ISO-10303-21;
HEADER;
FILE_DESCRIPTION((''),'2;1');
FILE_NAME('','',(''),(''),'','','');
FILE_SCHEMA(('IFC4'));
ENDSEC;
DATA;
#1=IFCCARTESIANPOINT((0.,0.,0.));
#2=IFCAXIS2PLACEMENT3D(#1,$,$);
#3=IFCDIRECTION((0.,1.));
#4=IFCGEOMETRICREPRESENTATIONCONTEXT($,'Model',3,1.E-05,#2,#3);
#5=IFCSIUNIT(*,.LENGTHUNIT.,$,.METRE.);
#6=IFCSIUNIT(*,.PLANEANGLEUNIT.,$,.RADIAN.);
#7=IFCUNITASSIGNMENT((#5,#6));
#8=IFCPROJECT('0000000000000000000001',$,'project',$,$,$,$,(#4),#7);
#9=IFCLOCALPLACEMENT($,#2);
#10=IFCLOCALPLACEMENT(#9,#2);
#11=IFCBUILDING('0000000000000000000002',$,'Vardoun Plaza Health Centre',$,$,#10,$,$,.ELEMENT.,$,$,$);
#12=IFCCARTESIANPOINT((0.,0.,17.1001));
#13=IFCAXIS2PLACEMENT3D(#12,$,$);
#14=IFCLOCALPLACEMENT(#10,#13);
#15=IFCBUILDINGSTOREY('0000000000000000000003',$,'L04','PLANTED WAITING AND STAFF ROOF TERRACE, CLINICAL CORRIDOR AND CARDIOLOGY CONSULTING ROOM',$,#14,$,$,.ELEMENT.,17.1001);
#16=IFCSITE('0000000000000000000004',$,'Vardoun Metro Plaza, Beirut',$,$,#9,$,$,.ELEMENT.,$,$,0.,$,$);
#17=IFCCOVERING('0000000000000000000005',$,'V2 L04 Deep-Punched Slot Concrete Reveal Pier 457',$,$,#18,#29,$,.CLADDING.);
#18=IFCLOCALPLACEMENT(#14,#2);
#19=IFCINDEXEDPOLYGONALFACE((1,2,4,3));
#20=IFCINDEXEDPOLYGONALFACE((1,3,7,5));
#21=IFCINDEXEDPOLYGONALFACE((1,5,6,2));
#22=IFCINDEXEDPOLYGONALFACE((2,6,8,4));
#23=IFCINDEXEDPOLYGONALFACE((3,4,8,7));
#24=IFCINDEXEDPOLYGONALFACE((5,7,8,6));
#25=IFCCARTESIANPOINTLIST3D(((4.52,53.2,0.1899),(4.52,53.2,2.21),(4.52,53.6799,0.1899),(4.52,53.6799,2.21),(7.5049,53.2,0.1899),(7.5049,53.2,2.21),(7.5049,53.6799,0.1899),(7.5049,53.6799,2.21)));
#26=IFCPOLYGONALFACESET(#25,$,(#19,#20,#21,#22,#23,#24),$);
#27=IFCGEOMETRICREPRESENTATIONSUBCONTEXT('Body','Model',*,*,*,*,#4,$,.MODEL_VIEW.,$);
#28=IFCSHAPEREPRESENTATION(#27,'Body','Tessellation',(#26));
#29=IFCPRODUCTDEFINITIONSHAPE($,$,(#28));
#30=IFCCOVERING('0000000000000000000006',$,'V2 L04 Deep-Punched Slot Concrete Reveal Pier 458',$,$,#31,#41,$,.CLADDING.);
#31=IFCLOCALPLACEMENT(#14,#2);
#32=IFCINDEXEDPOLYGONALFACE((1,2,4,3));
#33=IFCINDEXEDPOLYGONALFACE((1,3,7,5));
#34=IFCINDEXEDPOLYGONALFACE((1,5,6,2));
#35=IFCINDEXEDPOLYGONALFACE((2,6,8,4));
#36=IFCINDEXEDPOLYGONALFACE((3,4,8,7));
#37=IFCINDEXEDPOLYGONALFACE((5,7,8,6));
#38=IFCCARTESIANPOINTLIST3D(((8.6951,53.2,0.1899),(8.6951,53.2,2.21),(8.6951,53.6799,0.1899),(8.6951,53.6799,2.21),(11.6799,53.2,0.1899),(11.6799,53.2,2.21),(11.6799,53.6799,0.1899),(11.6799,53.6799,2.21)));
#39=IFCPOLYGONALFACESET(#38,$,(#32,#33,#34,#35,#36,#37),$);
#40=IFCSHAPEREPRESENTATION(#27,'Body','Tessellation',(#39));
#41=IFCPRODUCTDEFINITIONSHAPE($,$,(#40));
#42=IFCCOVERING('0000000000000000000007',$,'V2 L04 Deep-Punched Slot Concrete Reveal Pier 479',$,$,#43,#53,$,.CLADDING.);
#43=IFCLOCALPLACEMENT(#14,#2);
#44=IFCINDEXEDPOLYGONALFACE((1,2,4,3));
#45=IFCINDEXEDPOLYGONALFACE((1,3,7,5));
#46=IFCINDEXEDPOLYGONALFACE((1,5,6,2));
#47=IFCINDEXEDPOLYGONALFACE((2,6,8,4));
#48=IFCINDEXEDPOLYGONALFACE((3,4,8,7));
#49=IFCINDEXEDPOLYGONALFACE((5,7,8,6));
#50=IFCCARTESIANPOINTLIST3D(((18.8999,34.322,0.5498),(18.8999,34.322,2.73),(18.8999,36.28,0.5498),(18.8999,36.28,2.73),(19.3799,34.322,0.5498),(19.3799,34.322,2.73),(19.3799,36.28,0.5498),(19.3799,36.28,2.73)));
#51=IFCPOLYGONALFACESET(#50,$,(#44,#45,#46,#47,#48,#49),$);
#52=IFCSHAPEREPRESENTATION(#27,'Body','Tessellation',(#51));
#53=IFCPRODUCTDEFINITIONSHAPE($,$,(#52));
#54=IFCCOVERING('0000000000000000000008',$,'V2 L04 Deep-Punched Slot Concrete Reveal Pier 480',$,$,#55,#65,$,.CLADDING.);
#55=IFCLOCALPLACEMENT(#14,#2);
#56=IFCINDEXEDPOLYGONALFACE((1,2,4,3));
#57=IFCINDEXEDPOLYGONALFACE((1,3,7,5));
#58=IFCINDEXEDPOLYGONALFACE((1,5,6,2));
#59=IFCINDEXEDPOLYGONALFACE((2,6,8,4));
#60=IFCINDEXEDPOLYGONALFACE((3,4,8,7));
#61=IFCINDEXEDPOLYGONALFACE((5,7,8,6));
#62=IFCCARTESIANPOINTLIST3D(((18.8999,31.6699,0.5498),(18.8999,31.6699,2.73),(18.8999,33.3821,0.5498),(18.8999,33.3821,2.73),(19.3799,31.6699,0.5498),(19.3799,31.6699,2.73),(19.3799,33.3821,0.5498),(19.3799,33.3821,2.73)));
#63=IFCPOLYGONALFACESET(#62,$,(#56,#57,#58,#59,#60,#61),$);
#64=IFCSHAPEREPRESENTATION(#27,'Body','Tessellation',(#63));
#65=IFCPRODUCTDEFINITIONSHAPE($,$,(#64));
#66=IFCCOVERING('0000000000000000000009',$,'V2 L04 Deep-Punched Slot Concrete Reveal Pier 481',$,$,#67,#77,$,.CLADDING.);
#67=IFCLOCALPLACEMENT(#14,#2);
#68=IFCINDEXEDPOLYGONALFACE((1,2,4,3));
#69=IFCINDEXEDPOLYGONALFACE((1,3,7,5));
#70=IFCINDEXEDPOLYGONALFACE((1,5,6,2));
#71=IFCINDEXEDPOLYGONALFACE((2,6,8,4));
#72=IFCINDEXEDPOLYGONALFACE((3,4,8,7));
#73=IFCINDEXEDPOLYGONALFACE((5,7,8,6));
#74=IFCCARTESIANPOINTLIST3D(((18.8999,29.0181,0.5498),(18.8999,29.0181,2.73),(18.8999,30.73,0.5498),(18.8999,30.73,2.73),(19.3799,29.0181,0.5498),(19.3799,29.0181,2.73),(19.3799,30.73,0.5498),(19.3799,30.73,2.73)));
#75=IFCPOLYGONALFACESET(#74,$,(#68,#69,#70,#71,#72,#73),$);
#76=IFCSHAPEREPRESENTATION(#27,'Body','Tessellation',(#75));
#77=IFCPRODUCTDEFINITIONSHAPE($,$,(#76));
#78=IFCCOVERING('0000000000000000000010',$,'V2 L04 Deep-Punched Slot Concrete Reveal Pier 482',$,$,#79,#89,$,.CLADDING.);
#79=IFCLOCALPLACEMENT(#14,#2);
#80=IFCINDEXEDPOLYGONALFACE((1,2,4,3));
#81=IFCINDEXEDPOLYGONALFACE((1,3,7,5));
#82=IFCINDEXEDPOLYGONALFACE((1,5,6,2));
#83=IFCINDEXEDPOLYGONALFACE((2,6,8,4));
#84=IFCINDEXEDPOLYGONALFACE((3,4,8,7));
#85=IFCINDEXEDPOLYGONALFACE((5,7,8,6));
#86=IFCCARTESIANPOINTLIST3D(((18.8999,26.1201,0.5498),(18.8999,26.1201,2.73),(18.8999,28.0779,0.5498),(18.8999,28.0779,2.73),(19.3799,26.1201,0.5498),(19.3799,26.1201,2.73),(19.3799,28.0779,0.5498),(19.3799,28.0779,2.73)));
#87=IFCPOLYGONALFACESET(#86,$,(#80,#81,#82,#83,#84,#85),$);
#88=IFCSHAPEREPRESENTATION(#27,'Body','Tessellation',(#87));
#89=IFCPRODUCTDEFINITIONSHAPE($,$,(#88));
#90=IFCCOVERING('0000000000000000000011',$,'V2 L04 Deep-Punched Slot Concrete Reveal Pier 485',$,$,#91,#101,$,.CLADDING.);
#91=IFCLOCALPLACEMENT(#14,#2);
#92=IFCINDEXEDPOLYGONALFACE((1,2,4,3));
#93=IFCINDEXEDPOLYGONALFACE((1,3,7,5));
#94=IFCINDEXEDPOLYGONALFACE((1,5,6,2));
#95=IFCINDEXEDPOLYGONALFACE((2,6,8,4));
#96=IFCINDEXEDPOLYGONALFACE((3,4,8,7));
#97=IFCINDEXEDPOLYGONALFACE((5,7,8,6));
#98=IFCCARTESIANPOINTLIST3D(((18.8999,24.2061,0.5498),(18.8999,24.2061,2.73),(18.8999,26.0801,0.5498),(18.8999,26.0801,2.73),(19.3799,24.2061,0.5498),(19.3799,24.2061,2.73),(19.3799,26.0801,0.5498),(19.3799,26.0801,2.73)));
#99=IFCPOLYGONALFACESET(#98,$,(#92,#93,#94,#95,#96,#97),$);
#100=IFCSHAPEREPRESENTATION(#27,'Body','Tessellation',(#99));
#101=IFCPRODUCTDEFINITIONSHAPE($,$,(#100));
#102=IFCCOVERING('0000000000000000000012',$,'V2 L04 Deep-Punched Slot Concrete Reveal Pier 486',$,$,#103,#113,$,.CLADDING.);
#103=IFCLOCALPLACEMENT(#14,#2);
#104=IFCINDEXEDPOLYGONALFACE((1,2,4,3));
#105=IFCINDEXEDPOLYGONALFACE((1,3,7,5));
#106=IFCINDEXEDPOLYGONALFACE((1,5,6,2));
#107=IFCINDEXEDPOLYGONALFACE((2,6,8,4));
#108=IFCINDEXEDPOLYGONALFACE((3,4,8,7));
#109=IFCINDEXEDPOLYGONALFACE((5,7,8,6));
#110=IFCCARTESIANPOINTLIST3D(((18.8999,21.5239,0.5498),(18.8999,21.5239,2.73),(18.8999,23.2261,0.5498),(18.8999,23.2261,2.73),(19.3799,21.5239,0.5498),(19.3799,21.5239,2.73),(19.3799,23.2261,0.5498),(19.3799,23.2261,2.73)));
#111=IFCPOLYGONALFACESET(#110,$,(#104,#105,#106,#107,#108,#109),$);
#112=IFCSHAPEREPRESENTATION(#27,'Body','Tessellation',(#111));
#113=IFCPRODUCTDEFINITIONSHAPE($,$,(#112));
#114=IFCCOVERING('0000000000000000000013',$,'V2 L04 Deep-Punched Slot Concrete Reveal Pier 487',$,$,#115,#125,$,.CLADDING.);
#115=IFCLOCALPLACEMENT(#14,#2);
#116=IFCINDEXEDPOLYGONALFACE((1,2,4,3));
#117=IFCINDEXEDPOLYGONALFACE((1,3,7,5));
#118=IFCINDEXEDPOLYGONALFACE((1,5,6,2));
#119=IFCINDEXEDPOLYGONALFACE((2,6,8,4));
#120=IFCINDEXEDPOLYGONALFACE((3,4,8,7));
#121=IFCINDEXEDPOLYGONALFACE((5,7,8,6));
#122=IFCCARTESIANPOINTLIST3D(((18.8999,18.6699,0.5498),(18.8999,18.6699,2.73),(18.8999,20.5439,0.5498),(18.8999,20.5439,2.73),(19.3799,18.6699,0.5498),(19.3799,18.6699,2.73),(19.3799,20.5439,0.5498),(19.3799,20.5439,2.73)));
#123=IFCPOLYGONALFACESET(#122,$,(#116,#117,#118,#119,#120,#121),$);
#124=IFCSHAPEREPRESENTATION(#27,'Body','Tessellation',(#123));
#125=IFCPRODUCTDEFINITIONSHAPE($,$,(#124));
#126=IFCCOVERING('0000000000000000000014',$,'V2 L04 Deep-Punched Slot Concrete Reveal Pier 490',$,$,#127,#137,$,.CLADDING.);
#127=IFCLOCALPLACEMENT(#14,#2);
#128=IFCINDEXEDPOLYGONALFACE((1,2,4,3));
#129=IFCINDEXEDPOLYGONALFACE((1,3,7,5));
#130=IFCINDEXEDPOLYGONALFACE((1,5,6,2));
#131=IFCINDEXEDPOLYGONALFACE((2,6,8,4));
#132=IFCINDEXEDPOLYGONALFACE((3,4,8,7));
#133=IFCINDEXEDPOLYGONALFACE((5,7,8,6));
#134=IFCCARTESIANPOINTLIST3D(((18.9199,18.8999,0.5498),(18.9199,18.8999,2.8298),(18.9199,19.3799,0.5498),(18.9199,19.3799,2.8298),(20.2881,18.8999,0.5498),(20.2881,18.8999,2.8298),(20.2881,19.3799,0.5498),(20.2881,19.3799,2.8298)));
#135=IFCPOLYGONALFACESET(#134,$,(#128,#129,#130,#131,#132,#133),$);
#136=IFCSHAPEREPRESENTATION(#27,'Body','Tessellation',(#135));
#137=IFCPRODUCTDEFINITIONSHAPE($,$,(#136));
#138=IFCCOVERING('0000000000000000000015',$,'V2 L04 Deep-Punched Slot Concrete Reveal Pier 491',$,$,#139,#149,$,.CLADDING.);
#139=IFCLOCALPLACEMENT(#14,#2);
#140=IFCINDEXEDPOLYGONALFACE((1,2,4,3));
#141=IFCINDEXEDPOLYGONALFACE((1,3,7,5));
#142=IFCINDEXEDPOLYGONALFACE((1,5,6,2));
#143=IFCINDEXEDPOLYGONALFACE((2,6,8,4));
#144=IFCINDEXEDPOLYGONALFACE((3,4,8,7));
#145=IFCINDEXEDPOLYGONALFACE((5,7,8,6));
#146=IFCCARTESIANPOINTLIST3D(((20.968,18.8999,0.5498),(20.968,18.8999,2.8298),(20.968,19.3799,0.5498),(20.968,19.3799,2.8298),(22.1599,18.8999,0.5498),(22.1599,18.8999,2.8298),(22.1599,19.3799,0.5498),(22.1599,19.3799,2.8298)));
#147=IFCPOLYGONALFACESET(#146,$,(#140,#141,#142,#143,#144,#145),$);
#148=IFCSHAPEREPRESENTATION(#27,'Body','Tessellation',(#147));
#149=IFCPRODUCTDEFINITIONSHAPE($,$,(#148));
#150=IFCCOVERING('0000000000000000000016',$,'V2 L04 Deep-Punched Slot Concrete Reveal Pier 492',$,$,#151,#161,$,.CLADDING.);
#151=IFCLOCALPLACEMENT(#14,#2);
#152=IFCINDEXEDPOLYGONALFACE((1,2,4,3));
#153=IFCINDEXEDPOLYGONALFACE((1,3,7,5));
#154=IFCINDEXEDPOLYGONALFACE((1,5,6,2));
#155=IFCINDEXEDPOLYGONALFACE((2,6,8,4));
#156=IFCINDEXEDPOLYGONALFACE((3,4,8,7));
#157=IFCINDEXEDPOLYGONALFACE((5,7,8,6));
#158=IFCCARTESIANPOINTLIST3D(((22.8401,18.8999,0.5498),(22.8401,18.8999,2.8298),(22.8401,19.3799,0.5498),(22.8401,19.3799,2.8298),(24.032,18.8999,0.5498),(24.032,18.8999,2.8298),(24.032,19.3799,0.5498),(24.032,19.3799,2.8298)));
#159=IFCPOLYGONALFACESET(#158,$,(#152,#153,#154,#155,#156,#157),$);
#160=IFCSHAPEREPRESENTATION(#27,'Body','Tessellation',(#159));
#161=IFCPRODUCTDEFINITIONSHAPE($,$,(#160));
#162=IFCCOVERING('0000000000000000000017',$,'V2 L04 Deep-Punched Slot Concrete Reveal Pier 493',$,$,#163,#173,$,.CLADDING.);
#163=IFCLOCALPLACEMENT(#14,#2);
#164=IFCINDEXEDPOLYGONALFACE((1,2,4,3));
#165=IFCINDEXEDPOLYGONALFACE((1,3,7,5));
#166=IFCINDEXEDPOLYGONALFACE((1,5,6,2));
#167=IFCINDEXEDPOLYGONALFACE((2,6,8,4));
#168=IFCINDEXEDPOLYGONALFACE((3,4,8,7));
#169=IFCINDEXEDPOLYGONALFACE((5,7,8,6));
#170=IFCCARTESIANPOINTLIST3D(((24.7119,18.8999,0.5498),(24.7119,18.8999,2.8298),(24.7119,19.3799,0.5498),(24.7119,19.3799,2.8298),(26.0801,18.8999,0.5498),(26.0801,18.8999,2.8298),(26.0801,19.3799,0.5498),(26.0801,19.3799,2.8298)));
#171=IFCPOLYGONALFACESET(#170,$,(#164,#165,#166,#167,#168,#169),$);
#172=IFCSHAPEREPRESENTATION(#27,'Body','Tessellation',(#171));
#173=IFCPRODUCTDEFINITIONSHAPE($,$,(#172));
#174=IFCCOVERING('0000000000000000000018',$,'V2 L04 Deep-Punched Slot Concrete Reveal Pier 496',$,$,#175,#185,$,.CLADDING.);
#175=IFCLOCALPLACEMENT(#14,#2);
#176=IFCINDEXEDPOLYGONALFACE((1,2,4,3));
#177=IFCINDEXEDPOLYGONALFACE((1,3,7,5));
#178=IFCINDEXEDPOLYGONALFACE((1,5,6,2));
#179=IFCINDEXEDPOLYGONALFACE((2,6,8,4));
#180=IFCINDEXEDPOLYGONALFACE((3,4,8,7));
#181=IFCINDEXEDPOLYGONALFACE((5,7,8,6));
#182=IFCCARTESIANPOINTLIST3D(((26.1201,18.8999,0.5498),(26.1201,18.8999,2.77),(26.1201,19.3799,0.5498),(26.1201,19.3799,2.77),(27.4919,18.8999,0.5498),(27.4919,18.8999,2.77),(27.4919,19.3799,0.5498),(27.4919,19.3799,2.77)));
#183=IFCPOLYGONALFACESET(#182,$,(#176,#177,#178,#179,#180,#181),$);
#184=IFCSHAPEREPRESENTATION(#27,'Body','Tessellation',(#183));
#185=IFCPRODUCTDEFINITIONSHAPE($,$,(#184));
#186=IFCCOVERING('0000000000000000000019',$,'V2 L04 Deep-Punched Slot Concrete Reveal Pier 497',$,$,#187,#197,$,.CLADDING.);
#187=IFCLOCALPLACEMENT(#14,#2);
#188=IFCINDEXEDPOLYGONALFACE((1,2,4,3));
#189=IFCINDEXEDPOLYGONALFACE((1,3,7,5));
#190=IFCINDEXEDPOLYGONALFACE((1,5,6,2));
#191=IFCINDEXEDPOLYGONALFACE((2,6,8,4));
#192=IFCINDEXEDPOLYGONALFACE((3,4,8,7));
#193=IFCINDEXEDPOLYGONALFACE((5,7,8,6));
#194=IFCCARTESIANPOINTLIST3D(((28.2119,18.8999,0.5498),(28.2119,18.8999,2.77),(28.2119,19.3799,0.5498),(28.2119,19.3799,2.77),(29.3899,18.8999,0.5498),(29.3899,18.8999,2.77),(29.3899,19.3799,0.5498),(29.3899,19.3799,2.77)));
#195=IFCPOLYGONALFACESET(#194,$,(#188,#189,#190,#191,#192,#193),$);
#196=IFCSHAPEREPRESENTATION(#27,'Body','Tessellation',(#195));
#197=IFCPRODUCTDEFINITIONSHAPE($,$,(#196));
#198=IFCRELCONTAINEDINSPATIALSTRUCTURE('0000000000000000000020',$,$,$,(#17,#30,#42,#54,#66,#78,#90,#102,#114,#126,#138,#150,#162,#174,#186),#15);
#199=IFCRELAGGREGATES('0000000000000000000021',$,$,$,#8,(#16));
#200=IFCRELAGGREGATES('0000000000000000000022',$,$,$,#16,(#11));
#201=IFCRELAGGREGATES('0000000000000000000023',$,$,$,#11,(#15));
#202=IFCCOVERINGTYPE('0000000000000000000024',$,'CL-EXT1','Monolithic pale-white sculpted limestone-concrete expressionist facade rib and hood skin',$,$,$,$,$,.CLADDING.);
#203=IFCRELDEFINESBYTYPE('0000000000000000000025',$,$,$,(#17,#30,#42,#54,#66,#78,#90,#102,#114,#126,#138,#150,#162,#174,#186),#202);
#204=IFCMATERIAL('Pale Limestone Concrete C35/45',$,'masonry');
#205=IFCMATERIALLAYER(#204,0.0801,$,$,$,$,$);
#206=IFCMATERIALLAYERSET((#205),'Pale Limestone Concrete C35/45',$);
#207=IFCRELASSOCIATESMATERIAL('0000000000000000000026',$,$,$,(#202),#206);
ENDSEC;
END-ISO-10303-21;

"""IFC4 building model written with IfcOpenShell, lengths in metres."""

from ifc_helpers import new_model, si_unit, direction, frame, origin, place, context, subcontext, project, spatial, polyline, outline, extrude, material, layer, layer_set, type_object, element, save


model = new_model("IFC4")

# Units and contexts
model_context = context("Model", 3, precision=1e-05, world=origin(), true_north=direction((0.0, 1.0)))
body_context = subcontext(model_context, "Body", "Model", "MODEL_VIEW")
ifc_project = project(units=[si_unit("LENGTHUNIT", "METRE"), si_unit("PLANEANGLEUNIT", "RADIAN")], contexts=[model_context])

# Site, building, storey
site_placement = place(None, origin())
site = spatial("IfcSite", under=ifc_project, at=site_placement, Name="Vardoun Metro Plaza, Beirut", CompositionType="ELEMENT", RefElevation=0.0)
building_placement = place(site_placement, origin())
building = spatial("IfcBuilding", under=site, at=building_placement, Name="Vardoun Plaza Health Centre", CompositionType="ELEMENT")
storey_placement = place(building_placement, frame((0.0, 0.0, 17.1001)))
storey = spatial("IfcBuildingStorey", under=building, at=storey_placement, Name="L04", Description="PLANTED WAITING AND STAFF ROOF TERRACE, CLINICAL CORRIDOR AND CARDIOLOGY CONSULTING ROOM", CompositionType="ELEMENT", Elevation=17.1001)

# Coverings
ifc_material_1 = material(Name="Pale Limestone Concrete C35/45", Category="masonry")
ifc_layer_1 = layer(ifc_material_1, 0.0801)
ifc_layer_set_1 = layer_set([ifc_layer_1], Name="Pale Limestone Concrete C35/45")
covering_type_1 = type_object("IfcCoveringType", Name="CL-EXT1", Description="Monolithic pale-white sculpted limestone-concrete expressionist facade rib and hood skin", PredefinedType="CLADDING", material=ifc_layer_set_1)
covering_1_placement = place(storey_placement, frame((0.0, 0.0, 0.1899)))
element("IfcCovering", 1, at=covering_1_placement, inside=storey, type_object=covering_type_1, Name="V2 L04 Deep-Punched Slot Concrete Reveal Pier 457", PredefinedType="CLADDING", context=body_context, shape_type="SweptSolid", body=[
    extrude(outline(polyline([(4.52, 53.2), (7.5049, 53.2), (7.5049, 53.6799), (4.52, 53.6799), (4.52, 53.2)])), origin(), (0.0, 0.0, 1.0), 2.02),
])
covering_2_placement = place(storey_placement, frame((0.0, 0.0, 0.1899)))
element("IfcCovering", 2, at=covering_2_placement, inside=storey, type_object=covering_type_1, Name="V2 L04 Deep-Punched Slot Concrete Reveal Pier 458", PredefinedType="CLADDING", context=body_context, shape_type="SweptSolid", body=[
    extrude(outline(polyline([(8.6951, 53.2), (11.6799, 53.2), (11.6799, 53.6799), (8.6951, 53.6799), (8.6951, 53.2)])), origin(), (0.0, 0.0, 1.0), 2.02),
])
covering_3_placement = place(storey_placement, frame((0.0, 0.0, 0.5498)))
element("IfcCovering", 3, at=covering_3_placement, inside=storey, type_object=covering_type_1, Name="V2 L04 Deep-Punched Slot Concrete Reveal Pier 479", PredefinedType="CLADDING", context=body_context, shape_type="SweptSolid", body=[
    extrude(outline(polyline([(18.8999, 36.28), (18.8999, 34.322), (19.3799, 34.322), (19.3799, 36.28), (18.8999, 36.28)])), origin(), (0.0, 0.0, 1.0), 2.1802),
])
covering_4_placement = place(storey_placement, frame((0.0, 0.0, 0.5498)))
element("IfcCovering", 4, at=covering_4_placement, inside=storey, type_object=covering_type_1, Name="V2 L04 Deep-Punched Slot Concrete Reveal Pier 480", PredefinedType="CLADDING", context=body_context, shape_type="SweptSolid", body=[
    extrude(outline(polyline([(18.8999, 33.3821), (18.8999, 31.6699), (19.3799, 31.6699), (19.3799, 33.3821), (18.8999, 33.3821)])), origin(), (0.0, 0.0, 1.0), 2.1802),
])
covering_5_placement = place(storey_placement, frame((0.0, 0.0, 0.5498)))
element("IfcCovering", 5, at=covering_5_placement, inside=storey, type_object=covering_type_1, Name="V2 L04 Deep-Punched Slot Concrete Reveal Pier 481", PredefinedType="CLADDING", context=body_context, shape_type="SweptSolid", body=[
    extrude(outline(polyline([(18.8999, 30.73), (18.8999, 29.0181), (19.3799, 29.0181), (19.3799, 30.73), (18.8999, 30.73)])), origin(), (0.0, 0.0, 1.0), 2.1802),
])
covering_6_placement = place(storey_placement, frame((0.0, 0.0, 0.5498)))
element("IfcCovering", 6, at=covering_6_placement, inside=storey, type_object=covering_type_1, Name="V2 L04 Deep-Punched Slot Concrete Reveal Pier 482", PredefinedType="CLADDING", context=body_context, shape_type="SweptSolid", body=[
    extrude(outline(polyline([(18.8999, 28.0779), (18.8999, 26.1201), (19.3799, 26.1201), (19.3799, 28.0779), (18.8999, 28.0779)])), origin(), (0.0, 0.0, 1.0), 2.1802),
])
covering_7_placement = place(storey_placement, frame((0.0, 0.0, 0.5498)))
element("IfcCovering", 7, at=covering_7_placement, inside=storey, type_object=covering_type_1, Name="V2 L04 Deep-Punched Slot Concrete Reveal Pier 485", PredefinedType="CLADDING", context=body_context, shape_type="SweptSolid", body=[
    extrude(outline(polyline([(18.8999, 26.0801), (18.8999, 24.2061), (19.3799, 24.2061), (19.3799, 26.0801), (18.8999, 26.0801)])), origin(), (0.0, 0.0, 1.0), 2.1802),
])
covering_8_placement = place(storey_placement, frame((0.0, 0.0, 0.5498)))
element("IfcCovering", 8, at=covering_8_placement, inside=storey, type_object=covering_type_1, Name="V2 L04 Deep-Punched Slot Concrete Reveal Pier 486", PredefinedType="CLADDING", context=body_context, shape_type="SweptSolid", body=[
    extrude(outline(polyline([(18.8999, 23.2261), (18.8999, 21.5239), (19.3799, 21.5239), (19.3799, 23.2261), (18.8999, 23.2261)])), origin(), (0.0, 0.0, 1.0), 2.1802),
])
covering_9_placement = place(storey_placement, frame((0.0, 0.0, 0.5498)))
element("IfcCovering", 9, at=covering_9_placement, inside=storey, type_object=covering_type_1, Name="V2 L04 Deep-Punched Slot Concrete Reveal Pier 487", PredefinedType="CLADDING", context=body_context, shape_type="SweptSolid", body=[
    extrude(outline(polyline([(18.8999, 20.5439), (18.8999, 18.6699), (19.3799, 18.6699), (19.3799, 20.5439), (18.8999, 20.5439)])), origin(), (0.0, 0.0, 1.0), 2.1802),
])
covering_10_placement = place(storey_placement, frame((0.0, 0.0, 0.5498)))
element("IfcCovering", 10, at=covering_10_placement, inside=storey, type_object=covering_type_1, Name="V2 L04 Deep-Punched Slot Concrete Reveal Pier 490", PredefinedType="CLADDING", context=body_context, shape_type="SweptSolid", body=[
    extrude(outline(polyline([(18.9199, 18.8999), (20.2881, 18.8999), (20.2881, 19.3799), (18.9199, 19.3799), (18.9199, 18.8999)])), origin(), (0.0, 0.0, 1.0), 2.28),
])
covering_11_placement = place(storey_placement, frame((0.0, 0.0, 0.5498)))
element("IfcCovering", 11, at=covering_11_placement, inside=storey, type_object=covering_type_1, Name="V2 L04 Deep-Punched Slot Concrete Reveal Pier 491", PredefinedType="CLADDING", context=body_context, shape_type="SweptSolid", body=[
    extrude(outline(polyline([(20.968, 18.8999), (22.1599, 18.8999), (22.1599, 19.3799), (20.968, 19.3799), (20.968, 18.8999)])), origin(), (0.0, 0.0, 1.0), 2.28),
])
covering_12_placement = place(storey_placement, frame((0.0, 0.0, 0.5498)))
element("IfcCovering", 12, at=covering_12_placement, inside=storey, type_object=covering_type_1, Name="V2 L04 Deep-Punched Slot Concrete Reveal Pier 492", PredefinedType="CLADDING", context=body_context, shape_type="SweptSolid", body=[
    extrude(outline(polyline([(22.8401, 18.8999), (24.032, 18.8999), (24.032, 19.3799), (22.8401, 19.3799), (22.8401, 18.8999)])), origin(), (0.0, 0.0, 1.0), 2.28),
])
covering_13_placement = place(storey_placement, frame((0.0, 0.0, 0.5498)))
element("IfcCovering", 13, at=covering_13_placement, inside=storey, type_object=covering_type_1, Name="V2 L04 Deep-Punched Slot Concrete Reveal Pier 493", PredefinedType="CLADDING", context=body_context, shape_type="SweptSolid", body=[
    extrude(outline(polyline([(24.7119, 18.8999), (26.0801, 18.8999), (26.0801, 19.3799), (24.7119, 19.3799), (24.7119, 18.8999)])), origin(), (0.0, 0.0, 1.0), 2.28),
])
covering_14_placement = place(storey_placement, frame((0.0, 0.0, 0.5498)))
element("IfcCovering", 14, at=covering_14_placement, inside=storey, type_object=covering_type_1, Name="V2 L04 Deep-Punched Slot Concrete Reveal Pier 496", PredefinedType="CLADDING", context=body_context, shape_type="SweptSolid", body=[
    extrude(outline(polyline([(26.1201, 18.8999), (27.4919, 18.8999), (27.4919, 19.3799), (26.1201, 19.3799), (26.1201, 18.8999)])), origin(), (0.0, 0.0, 1.0), 2.2202),
])
covering_15_placement = place(storey_placement, frame((0.0, 0.0, 0.5498)))
element("IfcCovering", 15, at=covering_15_placement, inside=storey, type_object=covering_type_1, Name="V2 L04 Deep-Punched Slot Concrete Reveal Pier 497", PredefinedType="CLADDING", context=body_context, shape_type="SweptSolid", body=[
    extrude(outline(polyline([(28.2119, 18.8999), (29.3899, 18.8999), (29.3899, 19.3799), (28.2119, 19.3799), (28.2119, 18.8999)])), origin(), (0.0, 0.0, 1.0), 2.2202),
])

save(model, "model.ifc")
